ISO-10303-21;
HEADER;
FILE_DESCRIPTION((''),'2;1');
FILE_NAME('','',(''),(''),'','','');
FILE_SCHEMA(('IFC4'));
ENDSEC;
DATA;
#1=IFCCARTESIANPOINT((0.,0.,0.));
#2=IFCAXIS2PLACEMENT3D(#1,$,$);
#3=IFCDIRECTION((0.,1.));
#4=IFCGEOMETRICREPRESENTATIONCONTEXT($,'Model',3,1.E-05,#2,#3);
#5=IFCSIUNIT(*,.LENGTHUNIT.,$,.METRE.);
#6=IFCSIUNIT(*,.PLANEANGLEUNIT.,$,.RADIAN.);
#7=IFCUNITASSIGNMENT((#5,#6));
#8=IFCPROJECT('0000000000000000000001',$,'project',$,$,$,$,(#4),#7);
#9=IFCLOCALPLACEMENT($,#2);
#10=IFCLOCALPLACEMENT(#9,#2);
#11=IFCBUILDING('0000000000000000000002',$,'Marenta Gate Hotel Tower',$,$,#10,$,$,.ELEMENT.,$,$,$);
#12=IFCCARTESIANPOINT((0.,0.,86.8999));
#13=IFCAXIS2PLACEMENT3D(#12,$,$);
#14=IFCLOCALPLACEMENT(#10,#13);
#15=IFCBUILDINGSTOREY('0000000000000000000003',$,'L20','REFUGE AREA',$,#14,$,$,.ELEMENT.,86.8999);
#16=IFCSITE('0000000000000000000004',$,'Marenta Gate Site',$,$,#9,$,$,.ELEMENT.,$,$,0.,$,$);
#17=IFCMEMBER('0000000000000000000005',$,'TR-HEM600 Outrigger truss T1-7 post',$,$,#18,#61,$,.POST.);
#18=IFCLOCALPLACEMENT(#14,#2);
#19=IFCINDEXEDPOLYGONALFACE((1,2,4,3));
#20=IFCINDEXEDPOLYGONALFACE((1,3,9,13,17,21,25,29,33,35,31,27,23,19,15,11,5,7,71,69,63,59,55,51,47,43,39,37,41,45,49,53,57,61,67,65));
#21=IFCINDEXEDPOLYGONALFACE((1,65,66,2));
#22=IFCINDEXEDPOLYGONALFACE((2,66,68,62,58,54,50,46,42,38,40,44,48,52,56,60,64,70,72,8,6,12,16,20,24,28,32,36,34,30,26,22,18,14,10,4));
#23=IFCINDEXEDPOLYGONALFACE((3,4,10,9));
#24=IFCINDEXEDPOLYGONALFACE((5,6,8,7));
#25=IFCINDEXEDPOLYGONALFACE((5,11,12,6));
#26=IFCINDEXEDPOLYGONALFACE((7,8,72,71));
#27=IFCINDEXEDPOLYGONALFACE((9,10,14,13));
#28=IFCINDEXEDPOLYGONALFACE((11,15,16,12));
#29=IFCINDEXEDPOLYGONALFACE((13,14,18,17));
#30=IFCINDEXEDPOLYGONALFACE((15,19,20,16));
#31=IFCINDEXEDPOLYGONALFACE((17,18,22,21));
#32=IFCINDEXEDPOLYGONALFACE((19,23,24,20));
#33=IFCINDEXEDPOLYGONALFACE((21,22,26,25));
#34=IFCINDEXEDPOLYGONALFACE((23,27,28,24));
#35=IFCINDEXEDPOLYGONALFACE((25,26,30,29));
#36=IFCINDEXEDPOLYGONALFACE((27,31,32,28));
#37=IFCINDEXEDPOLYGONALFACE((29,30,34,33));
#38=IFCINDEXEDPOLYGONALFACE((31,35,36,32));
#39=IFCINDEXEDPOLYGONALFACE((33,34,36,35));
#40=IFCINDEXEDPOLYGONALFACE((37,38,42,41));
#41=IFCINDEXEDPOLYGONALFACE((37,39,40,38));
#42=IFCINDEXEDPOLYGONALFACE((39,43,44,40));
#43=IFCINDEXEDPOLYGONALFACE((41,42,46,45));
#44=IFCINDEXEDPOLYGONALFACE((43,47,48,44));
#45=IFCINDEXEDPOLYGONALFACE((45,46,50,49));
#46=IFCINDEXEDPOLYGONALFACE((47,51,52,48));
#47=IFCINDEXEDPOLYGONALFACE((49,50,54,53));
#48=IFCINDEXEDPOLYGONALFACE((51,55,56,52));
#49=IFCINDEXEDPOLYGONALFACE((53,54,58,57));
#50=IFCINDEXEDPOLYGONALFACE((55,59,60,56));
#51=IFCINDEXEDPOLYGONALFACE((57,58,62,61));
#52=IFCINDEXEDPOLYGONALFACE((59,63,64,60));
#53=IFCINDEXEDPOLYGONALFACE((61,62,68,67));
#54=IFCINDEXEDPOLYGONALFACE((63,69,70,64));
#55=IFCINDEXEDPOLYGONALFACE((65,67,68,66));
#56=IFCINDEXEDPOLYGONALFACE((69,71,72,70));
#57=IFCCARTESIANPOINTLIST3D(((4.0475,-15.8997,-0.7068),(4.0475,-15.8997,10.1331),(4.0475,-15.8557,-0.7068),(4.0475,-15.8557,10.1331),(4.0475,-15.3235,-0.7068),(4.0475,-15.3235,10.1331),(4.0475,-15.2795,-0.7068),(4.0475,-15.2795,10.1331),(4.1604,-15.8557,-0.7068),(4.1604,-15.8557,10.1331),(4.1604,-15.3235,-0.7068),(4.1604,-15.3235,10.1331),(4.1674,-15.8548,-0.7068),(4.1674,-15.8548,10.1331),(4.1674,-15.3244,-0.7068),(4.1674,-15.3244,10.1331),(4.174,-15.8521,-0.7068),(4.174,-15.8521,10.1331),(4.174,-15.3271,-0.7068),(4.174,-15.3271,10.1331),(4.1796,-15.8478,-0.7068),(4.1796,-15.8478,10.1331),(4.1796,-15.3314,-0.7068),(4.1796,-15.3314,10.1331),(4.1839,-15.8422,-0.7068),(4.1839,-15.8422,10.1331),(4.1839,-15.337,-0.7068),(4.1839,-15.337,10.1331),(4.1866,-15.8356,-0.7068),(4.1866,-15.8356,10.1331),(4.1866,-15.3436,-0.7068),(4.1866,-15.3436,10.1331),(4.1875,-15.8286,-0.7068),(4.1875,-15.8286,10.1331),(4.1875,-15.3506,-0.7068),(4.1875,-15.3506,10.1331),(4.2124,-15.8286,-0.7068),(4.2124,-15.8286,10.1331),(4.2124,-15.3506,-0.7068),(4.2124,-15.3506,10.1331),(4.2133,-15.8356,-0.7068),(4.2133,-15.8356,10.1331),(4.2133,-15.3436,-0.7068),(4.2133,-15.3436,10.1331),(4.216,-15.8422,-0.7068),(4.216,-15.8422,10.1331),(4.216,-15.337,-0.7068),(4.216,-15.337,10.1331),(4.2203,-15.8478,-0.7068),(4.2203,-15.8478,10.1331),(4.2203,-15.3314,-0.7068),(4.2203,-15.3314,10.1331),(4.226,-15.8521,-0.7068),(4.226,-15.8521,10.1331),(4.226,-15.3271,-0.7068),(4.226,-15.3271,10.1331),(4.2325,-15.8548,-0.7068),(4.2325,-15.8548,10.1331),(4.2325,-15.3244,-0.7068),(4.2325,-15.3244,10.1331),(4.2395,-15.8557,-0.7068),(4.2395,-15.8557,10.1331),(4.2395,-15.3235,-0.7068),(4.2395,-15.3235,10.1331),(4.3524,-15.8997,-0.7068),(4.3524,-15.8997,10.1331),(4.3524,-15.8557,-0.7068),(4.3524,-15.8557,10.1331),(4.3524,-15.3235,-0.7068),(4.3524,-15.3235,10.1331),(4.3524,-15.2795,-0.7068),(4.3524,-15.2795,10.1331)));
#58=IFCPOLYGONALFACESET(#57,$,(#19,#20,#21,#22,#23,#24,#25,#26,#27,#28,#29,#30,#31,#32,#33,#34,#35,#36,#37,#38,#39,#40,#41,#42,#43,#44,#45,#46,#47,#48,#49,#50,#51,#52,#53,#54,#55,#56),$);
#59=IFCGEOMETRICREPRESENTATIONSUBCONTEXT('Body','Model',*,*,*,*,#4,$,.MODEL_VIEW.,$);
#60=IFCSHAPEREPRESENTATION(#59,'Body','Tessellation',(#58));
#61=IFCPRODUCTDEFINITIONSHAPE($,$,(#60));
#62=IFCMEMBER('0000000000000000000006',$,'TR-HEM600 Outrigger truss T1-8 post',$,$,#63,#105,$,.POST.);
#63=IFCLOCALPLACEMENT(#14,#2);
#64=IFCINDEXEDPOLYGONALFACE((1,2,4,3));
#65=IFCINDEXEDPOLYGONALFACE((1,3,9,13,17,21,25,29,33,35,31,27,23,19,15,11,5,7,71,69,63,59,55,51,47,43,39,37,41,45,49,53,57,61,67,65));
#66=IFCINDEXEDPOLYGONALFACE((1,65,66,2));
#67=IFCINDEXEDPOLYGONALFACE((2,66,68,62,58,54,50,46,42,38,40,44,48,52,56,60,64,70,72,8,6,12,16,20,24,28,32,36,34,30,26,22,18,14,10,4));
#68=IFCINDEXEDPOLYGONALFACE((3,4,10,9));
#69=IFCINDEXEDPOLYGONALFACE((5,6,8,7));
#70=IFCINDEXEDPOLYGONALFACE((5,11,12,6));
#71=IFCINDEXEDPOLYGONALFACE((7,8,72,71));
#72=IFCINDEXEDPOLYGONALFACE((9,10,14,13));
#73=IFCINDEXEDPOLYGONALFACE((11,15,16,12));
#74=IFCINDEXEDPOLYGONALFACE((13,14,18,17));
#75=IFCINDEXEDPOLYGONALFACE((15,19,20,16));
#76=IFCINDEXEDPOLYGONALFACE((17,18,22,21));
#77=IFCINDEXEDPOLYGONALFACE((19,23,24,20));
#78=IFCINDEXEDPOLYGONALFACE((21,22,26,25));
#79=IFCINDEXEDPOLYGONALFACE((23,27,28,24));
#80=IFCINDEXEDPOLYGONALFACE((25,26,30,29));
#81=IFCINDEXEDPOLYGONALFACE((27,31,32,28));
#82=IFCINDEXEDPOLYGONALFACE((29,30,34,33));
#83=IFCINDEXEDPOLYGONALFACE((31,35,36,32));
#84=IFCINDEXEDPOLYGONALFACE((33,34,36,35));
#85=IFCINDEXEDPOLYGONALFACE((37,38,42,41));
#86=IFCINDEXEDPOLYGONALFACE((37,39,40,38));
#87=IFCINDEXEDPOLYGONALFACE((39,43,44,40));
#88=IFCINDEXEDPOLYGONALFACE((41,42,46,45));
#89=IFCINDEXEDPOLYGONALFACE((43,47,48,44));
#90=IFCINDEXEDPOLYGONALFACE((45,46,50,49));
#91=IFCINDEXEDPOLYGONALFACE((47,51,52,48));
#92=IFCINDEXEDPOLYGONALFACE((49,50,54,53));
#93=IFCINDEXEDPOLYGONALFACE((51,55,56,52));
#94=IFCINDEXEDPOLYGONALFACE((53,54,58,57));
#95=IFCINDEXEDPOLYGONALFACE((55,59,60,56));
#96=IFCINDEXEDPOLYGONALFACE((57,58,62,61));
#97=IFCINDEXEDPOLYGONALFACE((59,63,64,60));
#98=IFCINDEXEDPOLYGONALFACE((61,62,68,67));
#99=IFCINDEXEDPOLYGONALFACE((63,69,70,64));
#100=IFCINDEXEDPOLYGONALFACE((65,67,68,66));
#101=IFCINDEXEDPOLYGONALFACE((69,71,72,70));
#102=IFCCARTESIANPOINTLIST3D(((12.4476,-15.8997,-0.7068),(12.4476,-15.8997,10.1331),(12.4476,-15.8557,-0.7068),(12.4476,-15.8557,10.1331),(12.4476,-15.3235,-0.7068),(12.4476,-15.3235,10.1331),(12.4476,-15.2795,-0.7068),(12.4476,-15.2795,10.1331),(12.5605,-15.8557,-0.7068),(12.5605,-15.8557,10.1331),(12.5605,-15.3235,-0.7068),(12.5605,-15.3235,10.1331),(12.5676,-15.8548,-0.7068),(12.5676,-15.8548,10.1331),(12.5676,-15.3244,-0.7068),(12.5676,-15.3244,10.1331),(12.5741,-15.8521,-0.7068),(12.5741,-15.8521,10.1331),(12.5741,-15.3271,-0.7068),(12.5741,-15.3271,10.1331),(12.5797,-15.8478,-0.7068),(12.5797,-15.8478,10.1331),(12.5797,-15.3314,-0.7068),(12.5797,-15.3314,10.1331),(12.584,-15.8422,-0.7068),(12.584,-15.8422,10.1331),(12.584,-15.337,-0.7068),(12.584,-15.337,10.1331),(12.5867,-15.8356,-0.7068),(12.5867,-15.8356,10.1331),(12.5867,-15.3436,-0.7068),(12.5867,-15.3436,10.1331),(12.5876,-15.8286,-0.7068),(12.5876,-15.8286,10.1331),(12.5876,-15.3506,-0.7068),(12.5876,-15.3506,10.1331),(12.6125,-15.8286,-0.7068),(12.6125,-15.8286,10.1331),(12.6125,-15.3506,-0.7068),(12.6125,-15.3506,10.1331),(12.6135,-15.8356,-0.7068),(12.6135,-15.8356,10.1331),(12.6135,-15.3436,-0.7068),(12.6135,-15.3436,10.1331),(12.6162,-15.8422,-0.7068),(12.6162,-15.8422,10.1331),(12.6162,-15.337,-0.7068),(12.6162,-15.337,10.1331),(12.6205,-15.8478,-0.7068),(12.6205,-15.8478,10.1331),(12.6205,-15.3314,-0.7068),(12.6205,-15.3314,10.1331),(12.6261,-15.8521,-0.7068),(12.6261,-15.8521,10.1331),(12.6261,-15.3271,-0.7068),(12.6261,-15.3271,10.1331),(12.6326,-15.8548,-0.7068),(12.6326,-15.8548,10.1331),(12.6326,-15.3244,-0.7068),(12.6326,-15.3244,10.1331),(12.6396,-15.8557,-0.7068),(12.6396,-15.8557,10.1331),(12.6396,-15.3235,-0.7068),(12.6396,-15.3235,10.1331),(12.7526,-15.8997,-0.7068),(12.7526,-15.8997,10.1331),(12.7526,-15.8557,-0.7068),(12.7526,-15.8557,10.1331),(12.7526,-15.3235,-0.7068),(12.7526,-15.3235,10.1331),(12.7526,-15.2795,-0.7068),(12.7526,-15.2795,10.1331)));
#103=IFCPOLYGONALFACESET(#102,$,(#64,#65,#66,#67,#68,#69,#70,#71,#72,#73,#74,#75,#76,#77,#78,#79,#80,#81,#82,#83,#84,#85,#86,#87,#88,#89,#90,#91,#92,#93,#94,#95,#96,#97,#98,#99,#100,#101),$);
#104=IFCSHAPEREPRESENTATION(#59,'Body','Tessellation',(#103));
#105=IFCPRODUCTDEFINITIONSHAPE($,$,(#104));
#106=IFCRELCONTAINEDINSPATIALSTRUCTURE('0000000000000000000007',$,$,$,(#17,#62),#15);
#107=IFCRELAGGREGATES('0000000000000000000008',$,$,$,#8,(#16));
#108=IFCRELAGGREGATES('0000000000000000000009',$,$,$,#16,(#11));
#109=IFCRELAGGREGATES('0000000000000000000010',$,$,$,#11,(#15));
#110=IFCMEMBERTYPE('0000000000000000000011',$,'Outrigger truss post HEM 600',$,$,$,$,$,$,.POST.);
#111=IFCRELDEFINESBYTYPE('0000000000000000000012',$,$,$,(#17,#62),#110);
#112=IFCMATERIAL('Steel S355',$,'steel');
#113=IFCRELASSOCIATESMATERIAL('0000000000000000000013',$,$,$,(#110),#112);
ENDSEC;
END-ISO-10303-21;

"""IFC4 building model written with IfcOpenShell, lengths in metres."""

from ifc_helpers import new_model, si_unit, direction, frame, origin, origin_2d, place, context, subcontext, project, spatial, i_section, extrude, material, material_profile, profile_set, type_object, element, save


model = new_model("IFC4")

# Units and contexts
model_context = context("Model", 3, precision=1e-05, world=origin(), true_north=direction((0.0, 1.0)))
body_context = subcontext(model_context, "Body", "Model", "MODEL_VIEW")
ifc_project = project(units=[si_unit("LENGTHUNIT", "METRE"), si_unit("PLANEANGLEUNIT", "RADIAN")], contexts=[model_context])

# Site, building, storey
site_placement = place(None, origin())
site = spatial("IfcSite", under=ifc_project, at=site_placement, Name="Marenta Gate Site", CompositionType="ELEMENT", RefElevation=0.0)
building_placement = place(site_placement, origin())
building = spatial("IfcBuilding", under=site, at=building_placement, Name="Marenta Gate Hotel Tower", CompositionType="ELEMENT")
storey_placement = place(building_placement, frame((0.0, 0.0, 86.8999)))
storey = spatial("IfcBuildingStorey", under=building, at=storey_placement, Name="L20", Description="REFUGE AREA", CompositionType="ELEMENT", Elevation=86.8999)

# Members
ifc_material_1 = material(Name="Steel S355", Category="steel")
ifc_material_profile_1 = material_profile(ifc_material_1, i_section(OverallWidth=0.3049, OverallDepth=0.6201, WebThickness=0.0249, FlangeThickness=0.0439, FilletRadius=0.0271, at=origin_2d()), Name="HEM 600")
ifc_profile_set_1 = profile_set([ifc_material_profile_1], Name="Steel S355")
member_type = type_object("IfcMemberType", Name="Outrigger truss post HEM 600", PredefinedType="POST", material=ifc_profile_set_1)
for number, where, z_axis, x_axis, name in (
    (1, (4.2, -15.5896, -0.7068), (0.0, 0.0, 1.0), (1.0, 0.0, 0.0), "TR-HEM600 Outrigger truss T1-7 post"),
    (2, (12.6001, -15.5896, -0.7068), (0.0, 0.0, 1.0), (1.0, 0.0, 0.0), "TR-HEM600 Outrigger truss T1-8 post"),
):
    element("IfcMember", number, at=place(storey_placement, frame(where, z_axis=z_axis, x_axis=x_axis)), inside=storey, type_object=member_type, Name=name, PredefinedType="POST", context=body_context, shape_type="SweptSolid", body=[
        extrude(i_section(OverallWidth=0.3049, OverallDepth=0.6201, WebThickness=0.0249, FlangeThickness=0.0439, FilletRadius=0.0271, at=origin_2d()), origin(), (0.0, 0.0, 1.0), 10.8398),
    ])

save(model, "model.ifc")
